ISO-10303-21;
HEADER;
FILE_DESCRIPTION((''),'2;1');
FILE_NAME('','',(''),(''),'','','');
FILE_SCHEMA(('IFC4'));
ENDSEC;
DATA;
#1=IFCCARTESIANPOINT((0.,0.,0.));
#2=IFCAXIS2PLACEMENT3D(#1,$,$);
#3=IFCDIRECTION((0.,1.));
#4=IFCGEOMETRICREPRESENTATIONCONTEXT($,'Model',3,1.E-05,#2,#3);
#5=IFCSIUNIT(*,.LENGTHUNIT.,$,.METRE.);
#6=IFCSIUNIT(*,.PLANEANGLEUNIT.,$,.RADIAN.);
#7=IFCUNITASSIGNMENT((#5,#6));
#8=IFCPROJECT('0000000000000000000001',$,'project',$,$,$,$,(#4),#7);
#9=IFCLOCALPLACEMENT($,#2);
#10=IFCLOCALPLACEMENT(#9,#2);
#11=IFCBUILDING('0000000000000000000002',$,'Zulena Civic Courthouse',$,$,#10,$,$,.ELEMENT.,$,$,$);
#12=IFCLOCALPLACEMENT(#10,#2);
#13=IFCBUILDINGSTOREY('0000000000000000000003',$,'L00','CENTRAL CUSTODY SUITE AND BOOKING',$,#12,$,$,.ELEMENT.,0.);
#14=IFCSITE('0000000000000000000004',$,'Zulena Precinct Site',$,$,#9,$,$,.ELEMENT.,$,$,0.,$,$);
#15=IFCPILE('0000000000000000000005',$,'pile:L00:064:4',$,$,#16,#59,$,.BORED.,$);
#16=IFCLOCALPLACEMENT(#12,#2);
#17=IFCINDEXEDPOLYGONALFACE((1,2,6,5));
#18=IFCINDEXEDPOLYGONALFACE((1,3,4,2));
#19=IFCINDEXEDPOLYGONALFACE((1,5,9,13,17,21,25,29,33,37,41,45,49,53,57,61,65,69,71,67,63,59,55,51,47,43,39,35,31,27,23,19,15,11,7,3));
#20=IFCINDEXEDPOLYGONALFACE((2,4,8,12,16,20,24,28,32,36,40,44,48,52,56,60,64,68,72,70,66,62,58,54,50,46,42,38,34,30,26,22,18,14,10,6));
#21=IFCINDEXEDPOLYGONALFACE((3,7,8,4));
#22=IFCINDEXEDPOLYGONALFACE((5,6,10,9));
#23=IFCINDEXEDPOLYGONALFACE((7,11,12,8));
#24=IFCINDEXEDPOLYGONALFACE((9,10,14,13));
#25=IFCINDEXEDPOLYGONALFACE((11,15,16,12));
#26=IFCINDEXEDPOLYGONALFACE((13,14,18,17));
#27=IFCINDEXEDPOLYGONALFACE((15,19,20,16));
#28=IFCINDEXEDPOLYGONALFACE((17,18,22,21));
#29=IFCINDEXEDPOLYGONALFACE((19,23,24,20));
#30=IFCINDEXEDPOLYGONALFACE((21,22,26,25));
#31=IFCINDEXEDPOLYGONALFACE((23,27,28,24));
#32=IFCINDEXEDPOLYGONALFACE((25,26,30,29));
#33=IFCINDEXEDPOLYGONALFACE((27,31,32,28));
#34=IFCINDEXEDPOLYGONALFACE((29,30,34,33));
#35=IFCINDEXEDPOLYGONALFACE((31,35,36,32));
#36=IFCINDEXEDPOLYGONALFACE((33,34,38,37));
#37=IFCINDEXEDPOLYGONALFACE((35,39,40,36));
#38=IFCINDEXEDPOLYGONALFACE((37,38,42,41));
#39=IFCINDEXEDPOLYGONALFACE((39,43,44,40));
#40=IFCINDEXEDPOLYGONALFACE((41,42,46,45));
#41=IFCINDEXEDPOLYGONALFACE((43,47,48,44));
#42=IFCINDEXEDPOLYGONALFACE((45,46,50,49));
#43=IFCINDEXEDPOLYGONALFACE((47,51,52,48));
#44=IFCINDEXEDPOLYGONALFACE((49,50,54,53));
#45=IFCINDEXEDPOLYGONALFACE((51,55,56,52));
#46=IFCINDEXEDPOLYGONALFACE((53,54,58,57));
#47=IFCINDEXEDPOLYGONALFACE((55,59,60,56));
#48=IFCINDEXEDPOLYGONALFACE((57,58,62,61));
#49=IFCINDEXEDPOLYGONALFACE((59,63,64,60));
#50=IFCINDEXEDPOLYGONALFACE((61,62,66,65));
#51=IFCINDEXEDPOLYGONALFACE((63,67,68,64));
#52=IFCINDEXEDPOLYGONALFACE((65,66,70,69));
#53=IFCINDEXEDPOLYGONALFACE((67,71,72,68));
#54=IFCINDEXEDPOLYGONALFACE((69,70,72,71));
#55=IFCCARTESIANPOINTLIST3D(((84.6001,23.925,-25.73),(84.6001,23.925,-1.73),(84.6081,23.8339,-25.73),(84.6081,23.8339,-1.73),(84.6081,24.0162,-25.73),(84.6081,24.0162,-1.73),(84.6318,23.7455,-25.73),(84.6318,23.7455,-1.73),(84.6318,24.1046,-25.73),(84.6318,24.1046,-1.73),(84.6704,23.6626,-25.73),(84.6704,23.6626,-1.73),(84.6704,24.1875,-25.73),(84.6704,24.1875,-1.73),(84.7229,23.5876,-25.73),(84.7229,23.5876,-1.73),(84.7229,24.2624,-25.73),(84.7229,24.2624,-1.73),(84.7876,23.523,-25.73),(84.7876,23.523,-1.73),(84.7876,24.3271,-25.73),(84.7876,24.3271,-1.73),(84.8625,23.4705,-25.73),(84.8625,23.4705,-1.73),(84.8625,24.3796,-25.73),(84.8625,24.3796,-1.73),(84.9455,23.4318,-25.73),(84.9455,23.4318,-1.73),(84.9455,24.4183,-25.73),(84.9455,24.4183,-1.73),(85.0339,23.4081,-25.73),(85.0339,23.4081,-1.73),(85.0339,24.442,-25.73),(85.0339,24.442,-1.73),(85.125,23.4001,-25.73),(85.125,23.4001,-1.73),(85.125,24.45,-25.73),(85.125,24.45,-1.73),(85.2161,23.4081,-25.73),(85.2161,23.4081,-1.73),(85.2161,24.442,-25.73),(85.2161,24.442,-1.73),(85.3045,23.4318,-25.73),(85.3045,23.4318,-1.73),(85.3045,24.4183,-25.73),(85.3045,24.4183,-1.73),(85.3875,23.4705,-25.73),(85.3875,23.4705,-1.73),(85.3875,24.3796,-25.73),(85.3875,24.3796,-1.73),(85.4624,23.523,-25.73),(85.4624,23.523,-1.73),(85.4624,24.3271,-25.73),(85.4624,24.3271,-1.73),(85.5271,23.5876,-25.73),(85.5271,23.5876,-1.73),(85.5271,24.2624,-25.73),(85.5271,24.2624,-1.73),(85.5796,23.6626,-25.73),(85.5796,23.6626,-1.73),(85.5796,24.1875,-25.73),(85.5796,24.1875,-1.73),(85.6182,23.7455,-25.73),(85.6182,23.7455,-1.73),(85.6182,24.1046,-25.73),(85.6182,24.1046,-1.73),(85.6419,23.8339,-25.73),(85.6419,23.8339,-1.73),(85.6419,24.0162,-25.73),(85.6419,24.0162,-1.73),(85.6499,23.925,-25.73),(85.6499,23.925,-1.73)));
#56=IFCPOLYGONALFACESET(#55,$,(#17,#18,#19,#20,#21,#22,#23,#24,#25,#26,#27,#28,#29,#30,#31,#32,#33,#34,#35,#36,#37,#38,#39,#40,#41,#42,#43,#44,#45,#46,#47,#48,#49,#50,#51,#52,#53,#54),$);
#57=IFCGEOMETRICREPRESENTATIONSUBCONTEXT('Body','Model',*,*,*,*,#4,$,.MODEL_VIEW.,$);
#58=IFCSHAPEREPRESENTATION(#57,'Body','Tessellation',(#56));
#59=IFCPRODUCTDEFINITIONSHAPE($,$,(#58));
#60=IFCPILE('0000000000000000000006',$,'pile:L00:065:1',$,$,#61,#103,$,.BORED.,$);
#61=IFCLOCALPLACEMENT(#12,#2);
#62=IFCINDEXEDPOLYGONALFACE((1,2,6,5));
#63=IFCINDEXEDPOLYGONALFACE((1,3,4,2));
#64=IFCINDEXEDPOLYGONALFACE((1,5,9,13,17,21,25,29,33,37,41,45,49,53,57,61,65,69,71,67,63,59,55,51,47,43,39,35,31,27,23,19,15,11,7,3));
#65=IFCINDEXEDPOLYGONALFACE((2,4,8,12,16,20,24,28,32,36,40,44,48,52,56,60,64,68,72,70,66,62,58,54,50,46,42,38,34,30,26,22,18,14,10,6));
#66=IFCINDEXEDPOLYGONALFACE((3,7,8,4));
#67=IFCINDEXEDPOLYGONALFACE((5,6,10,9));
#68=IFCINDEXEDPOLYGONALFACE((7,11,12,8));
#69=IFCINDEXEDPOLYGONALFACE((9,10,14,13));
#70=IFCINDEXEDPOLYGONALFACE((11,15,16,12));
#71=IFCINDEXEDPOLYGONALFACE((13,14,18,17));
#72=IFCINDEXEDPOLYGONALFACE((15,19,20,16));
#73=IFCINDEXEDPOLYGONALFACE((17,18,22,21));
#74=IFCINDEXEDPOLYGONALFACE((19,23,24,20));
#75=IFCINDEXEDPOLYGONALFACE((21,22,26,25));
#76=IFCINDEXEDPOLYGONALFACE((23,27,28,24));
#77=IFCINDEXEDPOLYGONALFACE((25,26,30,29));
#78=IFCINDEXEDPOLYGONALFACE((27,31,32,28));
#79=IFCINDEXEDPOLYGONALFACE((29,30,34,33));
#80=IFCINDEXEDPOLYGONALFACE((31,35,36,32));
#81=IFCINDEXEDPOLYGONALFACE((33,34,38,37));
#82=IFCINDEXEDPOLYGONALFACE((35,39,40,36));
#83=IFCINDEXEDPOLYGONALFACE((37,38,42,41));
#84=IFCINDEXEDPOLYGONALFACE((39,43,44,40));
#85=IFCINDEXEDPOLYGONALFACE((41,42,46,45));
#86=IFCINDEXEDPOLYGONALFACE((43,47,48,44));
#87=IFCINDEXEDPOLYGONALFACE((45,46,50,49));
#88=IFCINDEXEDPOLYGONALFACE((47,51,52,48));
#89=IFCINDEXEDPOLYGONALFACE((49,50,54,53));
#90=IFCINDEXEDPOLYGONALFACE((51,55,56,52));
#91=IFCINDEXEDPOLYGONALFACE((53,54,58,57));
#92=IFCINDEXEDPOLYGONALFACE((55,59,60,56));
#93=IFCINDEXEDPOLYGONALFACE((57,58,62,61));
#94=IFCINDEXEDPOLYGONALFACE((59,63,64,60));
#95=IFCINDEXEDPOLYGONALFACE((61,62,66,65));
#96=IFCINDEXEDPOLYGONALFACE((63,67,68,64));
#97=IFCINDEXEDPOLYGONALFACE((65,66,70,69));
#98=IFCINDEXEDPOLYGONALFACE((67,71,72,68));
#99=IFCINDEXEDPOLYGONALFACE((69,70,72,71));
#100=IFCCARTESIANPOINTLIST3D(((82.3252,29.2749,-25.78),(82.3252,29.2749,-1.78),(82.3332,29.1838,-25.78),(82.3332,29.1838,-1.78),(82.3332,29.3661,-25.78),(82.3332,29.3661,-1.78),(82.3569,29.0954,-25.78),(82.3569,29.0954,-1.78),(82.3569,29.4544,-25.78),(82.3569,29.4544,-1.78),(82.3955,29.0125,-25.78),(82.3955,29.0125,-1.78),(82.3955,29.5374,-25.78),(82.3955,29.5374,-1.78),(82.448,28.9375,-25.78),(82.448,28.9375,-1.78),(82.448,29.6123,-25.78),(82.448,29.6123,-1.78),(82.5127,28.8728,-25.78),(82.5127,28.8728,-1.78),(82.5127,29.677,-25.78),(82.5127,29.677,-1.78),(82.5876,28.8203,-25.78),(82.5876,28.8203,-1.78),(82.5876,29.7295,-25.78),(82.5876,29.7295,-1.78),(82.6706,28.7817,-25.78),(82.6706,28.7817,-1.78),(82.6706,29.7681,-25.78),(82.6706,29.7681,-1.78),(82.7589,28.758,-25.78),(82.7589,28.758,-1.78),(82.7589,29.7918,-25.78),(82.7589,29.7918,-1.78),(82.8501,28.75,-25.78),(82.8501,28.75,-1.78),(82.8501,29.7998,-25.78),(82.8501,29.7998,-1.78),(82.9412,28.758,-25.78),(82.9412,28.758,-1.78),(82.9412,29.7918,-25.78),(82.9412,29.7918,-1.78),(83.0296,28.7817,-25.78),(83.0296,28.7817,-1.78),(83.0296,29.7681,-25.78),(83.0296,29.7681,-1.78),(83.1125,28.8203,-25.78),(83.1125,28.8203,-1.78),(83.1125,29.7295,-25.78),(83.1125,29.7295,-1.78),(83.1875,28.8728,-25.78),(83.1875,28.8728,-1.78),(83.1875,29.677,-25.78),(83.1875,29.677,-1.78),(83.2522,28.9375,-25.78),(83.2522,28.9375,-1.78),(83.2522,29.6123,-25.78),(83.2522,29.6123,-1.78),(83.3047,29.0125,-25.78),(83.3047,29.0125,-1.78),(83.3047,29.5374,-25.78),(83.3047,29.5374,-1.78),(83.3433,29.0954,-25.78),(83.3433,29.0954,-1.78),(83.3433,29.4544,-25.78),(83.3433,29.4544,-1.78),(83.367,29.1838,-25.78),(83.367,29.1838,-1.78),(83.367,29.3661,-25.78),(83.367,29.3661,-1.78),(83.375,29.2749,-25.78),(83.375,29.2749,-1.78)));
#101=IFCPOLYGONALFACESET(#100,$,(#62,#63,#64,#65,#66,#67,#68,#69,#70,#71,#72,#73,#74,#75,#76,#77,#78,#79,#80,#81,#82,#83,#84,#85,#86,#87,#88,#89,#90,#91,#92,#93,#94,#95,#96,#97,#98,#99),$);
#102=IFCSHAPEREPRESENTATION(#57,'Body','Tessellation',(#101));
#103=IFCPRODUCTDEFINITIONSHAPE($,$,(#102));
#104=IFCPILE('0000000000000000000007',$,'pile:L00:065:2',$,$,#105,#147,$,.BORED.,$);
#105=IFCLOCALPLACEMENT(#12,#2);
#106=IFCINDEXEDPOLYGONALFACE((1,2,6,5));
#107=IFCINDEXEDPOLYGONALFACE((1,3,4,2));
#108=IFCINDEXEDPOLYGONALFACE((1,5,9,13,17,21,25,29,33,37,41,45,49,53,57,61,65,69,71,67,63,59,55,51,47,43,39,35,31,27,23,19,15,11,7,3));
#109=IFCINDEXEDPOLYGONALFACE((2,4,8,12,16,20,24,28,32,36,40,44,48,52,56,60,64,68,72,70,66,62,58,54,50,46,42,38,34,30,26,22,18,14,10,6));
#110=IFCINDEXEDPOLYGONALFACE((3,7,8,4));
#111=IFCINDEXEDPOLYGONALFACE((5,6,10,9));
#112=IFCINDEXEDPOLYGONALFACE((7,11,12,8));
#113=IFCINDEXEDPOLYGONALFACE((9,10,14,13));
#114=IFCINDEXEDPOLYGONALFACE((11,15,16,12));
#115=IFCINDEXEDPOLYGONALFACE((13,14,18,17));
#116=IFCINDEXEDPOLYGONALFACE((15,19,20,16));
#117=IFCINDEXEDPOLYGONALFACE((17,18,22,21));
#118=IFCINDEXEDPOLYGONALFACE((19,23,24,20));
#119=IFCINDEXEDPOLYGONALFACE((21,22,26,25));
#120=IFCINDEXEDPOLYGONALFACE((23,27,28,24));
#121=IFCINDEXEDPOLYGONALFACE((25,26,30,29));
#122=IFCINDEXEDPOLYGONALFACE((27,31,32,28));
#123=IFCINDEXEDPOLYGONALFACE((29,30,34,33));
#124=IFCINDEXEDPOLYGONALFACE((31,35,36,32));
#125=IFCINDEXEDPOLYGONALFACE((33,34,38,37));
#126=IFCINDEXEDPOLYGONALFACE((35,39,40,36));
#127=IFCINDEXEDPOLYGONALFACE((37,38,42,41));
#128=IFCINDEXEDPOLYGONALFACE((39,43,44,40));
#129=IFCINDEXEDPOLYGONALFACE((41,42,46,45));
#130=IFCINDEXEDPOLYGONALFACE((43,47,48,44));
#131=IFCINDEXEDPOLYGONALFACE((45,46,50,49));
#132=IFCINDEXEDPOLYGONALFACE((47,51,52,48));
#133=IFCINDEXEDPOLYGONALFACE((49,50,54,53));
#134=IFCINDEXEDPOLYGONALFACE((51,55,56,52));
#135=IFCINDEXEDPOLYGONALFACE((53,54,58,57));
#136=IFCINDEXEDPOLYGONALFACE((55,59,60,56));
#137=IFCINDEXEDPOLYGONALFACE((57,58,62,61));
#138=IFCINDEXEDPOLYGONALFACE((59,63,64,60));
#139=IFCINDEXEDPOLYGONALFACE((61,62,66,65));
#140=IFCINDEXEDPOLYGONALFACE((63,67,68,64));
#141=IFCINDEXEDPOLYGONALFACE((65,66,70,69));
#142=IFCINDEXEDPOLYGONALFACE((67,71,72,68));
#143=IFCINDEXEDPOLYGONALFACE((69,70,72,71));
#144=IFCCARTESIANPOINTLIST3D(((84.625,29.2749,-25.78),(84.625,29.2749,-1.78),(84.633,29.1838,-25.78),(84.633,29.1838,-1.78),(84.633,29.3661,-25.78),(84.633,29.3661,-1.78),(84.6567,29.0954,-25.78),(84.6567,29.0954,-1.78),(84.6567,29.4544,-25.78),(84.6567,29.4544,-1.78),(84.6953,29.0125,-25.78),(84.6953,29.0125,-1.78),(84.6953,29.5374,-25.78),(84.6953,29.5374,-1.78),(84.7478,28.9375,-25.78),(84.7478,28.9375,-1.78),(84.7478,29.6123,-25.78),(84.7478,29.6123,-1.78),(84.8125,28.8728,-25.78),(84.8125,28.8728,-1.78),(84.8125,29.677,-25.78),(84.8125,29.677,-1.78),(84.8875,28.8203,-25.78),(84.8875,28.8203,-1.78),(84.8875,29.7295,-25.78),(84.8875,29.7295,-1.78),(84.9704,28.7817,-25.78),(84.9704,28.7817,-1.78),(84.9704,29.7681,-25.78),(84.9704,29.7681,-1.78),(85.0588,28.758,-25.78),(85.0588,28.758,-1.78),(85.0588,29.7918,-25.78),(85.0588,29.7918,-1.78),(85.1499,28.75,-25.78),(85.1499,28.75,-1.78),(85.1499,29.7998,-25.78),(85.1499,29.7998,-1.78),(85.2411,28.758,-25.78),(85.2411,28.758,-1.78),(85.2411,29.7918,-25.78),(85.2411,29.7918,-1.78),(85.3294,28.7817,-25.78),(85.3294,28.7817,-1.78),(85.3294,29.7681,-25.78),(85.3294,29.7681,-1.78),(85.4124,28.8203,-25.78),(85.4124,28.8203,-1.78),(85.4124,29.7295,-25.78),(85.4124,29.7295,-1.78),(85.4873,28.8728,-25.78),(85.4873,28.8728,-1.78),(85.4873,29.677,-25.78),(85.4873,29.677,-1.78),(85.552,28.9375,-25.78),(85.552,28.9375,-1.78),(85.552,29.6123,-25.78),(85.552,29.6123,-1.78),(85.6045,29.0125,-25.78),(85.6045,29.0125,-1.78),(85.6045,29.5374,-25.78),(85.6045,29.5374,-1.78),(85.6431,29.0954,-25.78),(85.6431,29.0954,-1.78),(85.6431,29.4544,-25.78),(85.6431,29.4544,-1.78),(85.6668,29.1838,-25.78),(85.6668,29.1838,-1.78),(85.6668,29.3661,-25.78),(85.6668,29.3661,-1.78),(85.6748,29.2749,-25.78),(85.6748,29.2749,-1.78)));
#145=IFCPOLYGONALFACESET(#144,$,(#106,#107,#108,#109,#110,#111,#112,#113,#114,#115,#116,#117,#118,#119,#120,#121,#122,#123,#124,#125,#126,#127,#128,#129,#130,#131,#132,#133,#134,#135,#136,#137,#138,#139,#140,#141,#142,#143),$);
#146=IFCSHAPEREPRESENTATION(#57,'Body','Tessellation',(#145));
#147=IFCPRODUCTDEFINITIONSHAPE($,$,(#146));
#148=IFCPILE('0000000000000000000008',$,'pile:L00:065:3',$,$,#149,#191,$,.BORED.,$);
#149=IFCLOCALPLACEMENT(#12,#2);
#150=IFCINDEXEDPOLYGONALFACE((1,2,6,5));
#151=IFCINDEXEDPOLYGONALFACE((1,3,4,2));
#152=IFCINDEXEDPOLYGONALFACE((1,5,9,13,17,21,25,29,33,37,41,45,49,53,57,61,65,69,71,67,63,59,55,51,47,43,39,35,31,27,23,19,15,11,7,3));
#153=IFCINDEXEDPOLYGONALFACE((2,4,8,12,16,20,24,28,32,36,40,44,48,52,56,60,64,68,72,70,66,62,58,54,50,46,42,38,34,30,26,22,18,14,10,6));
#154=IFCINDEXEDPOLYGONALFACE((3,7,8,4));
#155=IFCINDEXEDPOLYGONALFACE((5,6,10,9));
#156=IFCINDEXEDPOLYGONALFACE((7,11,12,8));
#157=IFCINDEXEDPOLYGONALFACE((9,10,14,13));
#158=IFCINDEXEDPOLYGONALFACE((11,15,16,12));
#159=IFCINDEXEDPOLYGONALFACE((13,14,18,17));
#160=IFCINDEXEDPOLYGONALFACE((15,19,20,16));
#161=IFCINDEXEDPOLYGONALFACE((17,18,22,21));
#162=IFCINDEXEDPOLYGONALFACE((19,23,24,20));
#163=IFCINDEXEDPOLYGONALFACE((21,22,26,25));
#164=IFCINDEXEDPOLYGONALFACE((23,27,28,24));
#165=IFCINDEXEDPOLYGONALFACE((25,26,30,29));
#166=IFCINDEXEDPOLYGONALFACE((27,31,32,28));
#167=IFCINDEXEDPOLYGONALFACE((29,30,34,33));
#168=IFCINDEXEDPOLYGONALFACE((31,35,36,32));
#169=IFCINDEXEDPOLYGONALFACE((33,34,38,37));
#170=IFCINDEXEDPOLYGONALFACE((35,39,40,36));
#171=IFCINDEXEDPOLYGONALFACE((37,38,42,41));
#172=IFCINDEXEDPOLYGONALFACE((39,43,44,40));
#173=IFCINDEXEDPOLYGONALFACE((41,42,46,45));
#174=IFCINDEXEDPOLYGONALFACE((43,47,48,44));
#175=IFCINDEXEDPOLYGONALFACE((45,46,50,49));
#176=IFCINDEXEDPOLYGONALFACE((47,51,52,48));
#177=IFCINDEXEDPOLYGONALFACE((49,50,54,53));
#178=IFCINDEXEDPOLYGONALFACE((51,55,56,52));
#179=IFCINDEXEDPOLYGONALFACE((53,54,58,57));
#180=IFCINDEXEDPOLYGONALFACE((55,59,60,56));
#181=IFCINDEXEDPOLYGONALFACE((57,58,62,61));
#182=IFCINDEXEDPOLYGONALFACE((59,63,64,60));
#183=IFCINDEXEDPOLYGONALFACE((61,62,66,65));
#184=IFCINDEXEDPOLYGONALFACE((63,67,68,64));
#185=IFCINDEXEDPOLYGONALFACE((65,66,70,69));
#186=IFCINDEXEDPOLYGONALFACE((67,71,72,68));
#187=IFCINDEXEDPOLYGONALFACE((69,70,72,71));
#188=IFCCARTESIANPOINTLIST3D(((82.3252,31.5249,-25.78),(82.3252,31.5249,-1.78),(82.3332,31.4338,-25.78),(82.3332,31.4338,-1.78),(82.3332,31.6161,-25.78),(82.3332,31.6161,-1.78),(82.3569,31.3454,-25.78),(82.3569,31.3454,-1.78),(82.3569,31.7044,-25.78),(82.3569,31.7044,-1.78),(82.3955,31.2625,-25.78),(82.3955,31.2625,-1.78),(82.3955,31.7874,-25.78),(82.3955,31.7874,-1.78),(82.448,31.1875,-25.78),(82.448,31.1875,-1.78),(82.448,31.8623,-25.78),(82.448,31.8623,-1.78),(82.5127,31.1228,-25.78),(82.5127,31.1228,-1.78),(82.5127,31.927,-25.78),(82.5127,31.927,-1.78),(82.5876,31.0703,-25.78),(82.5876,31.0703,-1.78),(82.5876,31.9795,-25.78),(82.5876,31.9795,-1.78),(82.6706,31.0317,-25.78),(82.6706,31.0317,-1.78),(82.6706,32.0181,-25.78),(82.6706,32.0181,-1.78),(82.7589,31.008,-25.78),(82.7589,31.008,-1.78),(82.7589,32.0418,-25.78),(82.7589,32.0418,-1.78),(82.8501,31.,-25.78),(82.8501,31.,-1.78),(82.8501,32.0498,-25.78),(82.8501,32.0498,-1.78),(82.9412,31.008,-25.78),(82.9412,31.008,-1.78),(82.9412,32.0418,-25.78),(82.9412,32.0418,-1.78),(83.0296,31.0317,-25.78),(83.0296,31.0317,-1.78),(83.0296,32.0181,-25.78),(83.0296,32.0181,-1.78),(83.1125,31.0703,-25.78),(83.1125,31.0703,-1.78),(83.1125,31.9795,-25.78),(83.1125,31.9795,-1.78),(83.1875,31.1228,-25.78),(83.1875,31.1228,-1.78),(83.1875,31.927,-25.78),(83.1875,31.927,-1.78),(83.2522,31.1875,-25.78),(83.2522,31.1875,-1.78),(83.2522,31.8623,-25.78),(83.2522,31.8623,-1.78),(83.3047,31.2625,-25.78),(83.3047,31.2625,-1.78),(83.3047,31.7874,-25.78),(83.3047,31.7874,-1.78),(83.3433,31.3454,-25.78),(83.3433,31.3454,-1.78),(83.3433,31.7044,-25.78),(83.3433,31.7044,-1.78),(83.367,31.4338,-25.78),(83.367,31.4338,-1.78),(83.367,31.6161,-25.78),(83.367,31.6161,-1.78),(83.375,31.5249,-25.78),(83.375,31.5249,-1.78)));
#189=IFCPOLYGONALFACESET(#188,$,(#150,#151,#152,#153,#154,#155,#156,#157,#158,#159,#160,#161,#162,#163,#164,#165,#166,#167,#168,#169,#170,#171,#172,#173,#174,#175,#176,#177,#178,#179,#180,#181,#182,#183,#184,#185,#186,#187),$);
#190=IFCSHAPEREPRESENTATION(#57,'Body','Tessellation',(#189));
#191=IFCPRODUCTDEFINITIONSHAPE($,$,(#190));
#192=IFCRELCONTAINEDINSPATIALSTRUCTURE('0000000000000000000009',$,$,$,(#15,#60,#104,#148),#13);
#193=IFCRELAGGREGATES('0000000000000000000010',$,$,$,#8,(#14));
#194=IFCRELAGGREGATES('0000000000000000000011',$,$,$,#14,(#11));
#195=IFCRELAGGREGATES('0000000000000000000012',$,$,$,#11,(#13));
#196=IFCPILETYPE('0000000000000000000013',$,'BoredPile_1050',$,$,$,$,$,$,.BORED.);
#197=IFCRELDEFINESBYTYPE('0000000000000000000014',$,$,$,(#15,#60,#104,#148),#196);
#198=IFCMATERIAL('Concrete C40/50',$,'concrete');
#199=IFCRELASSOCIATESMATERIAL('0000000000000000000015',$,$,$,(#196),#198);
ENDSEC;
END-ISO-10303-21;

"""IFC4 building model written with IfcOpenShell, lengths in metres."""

from ifc_helpers import new_model, si_unit, direction, frame, origin, origin_2d, place, context, subcontext, project, spatial, circle, extrude, material, material_profile, profile_set, type_object, element, save


model = new_model("IFC4")

# Units and contexts
model_context = context("Model", 3, precision=1e-05, world=origin(), true_north=direction((0.0, 1.0)))
body_context = subcontext(model_context, "Body", "Model", "MODEL_VIEW")
ifc_project = project(units=[si_unit("LENGTHUNIT", "METRE"), si_unit("PLANEANGLEUNIT", "RADIAN")], contexts=[model_context])

# Site, building, storey
site_placement = place(None, origin())
site = spatial("IfcSite", under=ifc_project, at=site_placement, Name="Zulena Precinct Site", CompositionType="ELEMENT", RefElevation=0.0)
building_placement = place(site_placement, origin())
building = spatial("IfcBuilding", under=site, at=building_placement, Name="Zulena Civic Courthouse", CompositionType="ELEMENT")
storey_placement = place(building_placement, origin())
storey = spatial("IfcBuildingStorey", under=building, at=storey_placement, Name="L00", Description="CENTRAL CUSTODY SUITE AND BOOKING", CompositionType="ELEMENT", Elevation=0.0)

# Piles
ifc_material_1 = material(Name="Concrete C40/50", Category="concrete")
ifc_material_profile_1 = material_profile(ifc_material_1, circle(Radius=0.5249, at=origin_2d()), Name="PILE1050")
ifc_profile_set_1 = profile_set([ifc_material_profile_1], Name="Concrete C40/50")
pile_type_1 = type_object("IfcPileType", Name="BoredPile_1050", PredefinedType="BORED", material=ifc_profile_set_1)
for number, where, z_axis, x_axis, name in (
    (1, (85.125, 23.925, -1.73), (0.0, 0.0, -1.0), (1.0, 0.0, 0.0), "pile:L00:064:4"),
    (2, (82.8501, 29.2749, -1.78), (0.0, 0.0, -1.0), (1.0, 0.0, 0.0), "pile:L00:065:1"),
    (3, (85.1499, 29.2749, -1.78), (0.0, 0.0, -1.0), (1.0, 0.0, 0.0), "pile:L00:065:2"),
    (4, (82.8501, 31.5249, -1.78), (0.0, 0.0, -1.0), (1.0, 0.0, 0.0), "pile:L00:065:3"),
):
    element("IfcPile", number, at=place(storey_placement, frame(where, z_axis=z_axis, x_axis=x_axis)), inside=storey, type_object=pile_type_1, Name=name, PredefinedType="BORED", context=body_context, shape_type="SweptSolid", body=[
        extrude(circle(Radius=0.5249, at=origin_2d()), origin(), (0.0, 0.0, 1.0), 24.0),
    ])

save(model, "model.ifc")
